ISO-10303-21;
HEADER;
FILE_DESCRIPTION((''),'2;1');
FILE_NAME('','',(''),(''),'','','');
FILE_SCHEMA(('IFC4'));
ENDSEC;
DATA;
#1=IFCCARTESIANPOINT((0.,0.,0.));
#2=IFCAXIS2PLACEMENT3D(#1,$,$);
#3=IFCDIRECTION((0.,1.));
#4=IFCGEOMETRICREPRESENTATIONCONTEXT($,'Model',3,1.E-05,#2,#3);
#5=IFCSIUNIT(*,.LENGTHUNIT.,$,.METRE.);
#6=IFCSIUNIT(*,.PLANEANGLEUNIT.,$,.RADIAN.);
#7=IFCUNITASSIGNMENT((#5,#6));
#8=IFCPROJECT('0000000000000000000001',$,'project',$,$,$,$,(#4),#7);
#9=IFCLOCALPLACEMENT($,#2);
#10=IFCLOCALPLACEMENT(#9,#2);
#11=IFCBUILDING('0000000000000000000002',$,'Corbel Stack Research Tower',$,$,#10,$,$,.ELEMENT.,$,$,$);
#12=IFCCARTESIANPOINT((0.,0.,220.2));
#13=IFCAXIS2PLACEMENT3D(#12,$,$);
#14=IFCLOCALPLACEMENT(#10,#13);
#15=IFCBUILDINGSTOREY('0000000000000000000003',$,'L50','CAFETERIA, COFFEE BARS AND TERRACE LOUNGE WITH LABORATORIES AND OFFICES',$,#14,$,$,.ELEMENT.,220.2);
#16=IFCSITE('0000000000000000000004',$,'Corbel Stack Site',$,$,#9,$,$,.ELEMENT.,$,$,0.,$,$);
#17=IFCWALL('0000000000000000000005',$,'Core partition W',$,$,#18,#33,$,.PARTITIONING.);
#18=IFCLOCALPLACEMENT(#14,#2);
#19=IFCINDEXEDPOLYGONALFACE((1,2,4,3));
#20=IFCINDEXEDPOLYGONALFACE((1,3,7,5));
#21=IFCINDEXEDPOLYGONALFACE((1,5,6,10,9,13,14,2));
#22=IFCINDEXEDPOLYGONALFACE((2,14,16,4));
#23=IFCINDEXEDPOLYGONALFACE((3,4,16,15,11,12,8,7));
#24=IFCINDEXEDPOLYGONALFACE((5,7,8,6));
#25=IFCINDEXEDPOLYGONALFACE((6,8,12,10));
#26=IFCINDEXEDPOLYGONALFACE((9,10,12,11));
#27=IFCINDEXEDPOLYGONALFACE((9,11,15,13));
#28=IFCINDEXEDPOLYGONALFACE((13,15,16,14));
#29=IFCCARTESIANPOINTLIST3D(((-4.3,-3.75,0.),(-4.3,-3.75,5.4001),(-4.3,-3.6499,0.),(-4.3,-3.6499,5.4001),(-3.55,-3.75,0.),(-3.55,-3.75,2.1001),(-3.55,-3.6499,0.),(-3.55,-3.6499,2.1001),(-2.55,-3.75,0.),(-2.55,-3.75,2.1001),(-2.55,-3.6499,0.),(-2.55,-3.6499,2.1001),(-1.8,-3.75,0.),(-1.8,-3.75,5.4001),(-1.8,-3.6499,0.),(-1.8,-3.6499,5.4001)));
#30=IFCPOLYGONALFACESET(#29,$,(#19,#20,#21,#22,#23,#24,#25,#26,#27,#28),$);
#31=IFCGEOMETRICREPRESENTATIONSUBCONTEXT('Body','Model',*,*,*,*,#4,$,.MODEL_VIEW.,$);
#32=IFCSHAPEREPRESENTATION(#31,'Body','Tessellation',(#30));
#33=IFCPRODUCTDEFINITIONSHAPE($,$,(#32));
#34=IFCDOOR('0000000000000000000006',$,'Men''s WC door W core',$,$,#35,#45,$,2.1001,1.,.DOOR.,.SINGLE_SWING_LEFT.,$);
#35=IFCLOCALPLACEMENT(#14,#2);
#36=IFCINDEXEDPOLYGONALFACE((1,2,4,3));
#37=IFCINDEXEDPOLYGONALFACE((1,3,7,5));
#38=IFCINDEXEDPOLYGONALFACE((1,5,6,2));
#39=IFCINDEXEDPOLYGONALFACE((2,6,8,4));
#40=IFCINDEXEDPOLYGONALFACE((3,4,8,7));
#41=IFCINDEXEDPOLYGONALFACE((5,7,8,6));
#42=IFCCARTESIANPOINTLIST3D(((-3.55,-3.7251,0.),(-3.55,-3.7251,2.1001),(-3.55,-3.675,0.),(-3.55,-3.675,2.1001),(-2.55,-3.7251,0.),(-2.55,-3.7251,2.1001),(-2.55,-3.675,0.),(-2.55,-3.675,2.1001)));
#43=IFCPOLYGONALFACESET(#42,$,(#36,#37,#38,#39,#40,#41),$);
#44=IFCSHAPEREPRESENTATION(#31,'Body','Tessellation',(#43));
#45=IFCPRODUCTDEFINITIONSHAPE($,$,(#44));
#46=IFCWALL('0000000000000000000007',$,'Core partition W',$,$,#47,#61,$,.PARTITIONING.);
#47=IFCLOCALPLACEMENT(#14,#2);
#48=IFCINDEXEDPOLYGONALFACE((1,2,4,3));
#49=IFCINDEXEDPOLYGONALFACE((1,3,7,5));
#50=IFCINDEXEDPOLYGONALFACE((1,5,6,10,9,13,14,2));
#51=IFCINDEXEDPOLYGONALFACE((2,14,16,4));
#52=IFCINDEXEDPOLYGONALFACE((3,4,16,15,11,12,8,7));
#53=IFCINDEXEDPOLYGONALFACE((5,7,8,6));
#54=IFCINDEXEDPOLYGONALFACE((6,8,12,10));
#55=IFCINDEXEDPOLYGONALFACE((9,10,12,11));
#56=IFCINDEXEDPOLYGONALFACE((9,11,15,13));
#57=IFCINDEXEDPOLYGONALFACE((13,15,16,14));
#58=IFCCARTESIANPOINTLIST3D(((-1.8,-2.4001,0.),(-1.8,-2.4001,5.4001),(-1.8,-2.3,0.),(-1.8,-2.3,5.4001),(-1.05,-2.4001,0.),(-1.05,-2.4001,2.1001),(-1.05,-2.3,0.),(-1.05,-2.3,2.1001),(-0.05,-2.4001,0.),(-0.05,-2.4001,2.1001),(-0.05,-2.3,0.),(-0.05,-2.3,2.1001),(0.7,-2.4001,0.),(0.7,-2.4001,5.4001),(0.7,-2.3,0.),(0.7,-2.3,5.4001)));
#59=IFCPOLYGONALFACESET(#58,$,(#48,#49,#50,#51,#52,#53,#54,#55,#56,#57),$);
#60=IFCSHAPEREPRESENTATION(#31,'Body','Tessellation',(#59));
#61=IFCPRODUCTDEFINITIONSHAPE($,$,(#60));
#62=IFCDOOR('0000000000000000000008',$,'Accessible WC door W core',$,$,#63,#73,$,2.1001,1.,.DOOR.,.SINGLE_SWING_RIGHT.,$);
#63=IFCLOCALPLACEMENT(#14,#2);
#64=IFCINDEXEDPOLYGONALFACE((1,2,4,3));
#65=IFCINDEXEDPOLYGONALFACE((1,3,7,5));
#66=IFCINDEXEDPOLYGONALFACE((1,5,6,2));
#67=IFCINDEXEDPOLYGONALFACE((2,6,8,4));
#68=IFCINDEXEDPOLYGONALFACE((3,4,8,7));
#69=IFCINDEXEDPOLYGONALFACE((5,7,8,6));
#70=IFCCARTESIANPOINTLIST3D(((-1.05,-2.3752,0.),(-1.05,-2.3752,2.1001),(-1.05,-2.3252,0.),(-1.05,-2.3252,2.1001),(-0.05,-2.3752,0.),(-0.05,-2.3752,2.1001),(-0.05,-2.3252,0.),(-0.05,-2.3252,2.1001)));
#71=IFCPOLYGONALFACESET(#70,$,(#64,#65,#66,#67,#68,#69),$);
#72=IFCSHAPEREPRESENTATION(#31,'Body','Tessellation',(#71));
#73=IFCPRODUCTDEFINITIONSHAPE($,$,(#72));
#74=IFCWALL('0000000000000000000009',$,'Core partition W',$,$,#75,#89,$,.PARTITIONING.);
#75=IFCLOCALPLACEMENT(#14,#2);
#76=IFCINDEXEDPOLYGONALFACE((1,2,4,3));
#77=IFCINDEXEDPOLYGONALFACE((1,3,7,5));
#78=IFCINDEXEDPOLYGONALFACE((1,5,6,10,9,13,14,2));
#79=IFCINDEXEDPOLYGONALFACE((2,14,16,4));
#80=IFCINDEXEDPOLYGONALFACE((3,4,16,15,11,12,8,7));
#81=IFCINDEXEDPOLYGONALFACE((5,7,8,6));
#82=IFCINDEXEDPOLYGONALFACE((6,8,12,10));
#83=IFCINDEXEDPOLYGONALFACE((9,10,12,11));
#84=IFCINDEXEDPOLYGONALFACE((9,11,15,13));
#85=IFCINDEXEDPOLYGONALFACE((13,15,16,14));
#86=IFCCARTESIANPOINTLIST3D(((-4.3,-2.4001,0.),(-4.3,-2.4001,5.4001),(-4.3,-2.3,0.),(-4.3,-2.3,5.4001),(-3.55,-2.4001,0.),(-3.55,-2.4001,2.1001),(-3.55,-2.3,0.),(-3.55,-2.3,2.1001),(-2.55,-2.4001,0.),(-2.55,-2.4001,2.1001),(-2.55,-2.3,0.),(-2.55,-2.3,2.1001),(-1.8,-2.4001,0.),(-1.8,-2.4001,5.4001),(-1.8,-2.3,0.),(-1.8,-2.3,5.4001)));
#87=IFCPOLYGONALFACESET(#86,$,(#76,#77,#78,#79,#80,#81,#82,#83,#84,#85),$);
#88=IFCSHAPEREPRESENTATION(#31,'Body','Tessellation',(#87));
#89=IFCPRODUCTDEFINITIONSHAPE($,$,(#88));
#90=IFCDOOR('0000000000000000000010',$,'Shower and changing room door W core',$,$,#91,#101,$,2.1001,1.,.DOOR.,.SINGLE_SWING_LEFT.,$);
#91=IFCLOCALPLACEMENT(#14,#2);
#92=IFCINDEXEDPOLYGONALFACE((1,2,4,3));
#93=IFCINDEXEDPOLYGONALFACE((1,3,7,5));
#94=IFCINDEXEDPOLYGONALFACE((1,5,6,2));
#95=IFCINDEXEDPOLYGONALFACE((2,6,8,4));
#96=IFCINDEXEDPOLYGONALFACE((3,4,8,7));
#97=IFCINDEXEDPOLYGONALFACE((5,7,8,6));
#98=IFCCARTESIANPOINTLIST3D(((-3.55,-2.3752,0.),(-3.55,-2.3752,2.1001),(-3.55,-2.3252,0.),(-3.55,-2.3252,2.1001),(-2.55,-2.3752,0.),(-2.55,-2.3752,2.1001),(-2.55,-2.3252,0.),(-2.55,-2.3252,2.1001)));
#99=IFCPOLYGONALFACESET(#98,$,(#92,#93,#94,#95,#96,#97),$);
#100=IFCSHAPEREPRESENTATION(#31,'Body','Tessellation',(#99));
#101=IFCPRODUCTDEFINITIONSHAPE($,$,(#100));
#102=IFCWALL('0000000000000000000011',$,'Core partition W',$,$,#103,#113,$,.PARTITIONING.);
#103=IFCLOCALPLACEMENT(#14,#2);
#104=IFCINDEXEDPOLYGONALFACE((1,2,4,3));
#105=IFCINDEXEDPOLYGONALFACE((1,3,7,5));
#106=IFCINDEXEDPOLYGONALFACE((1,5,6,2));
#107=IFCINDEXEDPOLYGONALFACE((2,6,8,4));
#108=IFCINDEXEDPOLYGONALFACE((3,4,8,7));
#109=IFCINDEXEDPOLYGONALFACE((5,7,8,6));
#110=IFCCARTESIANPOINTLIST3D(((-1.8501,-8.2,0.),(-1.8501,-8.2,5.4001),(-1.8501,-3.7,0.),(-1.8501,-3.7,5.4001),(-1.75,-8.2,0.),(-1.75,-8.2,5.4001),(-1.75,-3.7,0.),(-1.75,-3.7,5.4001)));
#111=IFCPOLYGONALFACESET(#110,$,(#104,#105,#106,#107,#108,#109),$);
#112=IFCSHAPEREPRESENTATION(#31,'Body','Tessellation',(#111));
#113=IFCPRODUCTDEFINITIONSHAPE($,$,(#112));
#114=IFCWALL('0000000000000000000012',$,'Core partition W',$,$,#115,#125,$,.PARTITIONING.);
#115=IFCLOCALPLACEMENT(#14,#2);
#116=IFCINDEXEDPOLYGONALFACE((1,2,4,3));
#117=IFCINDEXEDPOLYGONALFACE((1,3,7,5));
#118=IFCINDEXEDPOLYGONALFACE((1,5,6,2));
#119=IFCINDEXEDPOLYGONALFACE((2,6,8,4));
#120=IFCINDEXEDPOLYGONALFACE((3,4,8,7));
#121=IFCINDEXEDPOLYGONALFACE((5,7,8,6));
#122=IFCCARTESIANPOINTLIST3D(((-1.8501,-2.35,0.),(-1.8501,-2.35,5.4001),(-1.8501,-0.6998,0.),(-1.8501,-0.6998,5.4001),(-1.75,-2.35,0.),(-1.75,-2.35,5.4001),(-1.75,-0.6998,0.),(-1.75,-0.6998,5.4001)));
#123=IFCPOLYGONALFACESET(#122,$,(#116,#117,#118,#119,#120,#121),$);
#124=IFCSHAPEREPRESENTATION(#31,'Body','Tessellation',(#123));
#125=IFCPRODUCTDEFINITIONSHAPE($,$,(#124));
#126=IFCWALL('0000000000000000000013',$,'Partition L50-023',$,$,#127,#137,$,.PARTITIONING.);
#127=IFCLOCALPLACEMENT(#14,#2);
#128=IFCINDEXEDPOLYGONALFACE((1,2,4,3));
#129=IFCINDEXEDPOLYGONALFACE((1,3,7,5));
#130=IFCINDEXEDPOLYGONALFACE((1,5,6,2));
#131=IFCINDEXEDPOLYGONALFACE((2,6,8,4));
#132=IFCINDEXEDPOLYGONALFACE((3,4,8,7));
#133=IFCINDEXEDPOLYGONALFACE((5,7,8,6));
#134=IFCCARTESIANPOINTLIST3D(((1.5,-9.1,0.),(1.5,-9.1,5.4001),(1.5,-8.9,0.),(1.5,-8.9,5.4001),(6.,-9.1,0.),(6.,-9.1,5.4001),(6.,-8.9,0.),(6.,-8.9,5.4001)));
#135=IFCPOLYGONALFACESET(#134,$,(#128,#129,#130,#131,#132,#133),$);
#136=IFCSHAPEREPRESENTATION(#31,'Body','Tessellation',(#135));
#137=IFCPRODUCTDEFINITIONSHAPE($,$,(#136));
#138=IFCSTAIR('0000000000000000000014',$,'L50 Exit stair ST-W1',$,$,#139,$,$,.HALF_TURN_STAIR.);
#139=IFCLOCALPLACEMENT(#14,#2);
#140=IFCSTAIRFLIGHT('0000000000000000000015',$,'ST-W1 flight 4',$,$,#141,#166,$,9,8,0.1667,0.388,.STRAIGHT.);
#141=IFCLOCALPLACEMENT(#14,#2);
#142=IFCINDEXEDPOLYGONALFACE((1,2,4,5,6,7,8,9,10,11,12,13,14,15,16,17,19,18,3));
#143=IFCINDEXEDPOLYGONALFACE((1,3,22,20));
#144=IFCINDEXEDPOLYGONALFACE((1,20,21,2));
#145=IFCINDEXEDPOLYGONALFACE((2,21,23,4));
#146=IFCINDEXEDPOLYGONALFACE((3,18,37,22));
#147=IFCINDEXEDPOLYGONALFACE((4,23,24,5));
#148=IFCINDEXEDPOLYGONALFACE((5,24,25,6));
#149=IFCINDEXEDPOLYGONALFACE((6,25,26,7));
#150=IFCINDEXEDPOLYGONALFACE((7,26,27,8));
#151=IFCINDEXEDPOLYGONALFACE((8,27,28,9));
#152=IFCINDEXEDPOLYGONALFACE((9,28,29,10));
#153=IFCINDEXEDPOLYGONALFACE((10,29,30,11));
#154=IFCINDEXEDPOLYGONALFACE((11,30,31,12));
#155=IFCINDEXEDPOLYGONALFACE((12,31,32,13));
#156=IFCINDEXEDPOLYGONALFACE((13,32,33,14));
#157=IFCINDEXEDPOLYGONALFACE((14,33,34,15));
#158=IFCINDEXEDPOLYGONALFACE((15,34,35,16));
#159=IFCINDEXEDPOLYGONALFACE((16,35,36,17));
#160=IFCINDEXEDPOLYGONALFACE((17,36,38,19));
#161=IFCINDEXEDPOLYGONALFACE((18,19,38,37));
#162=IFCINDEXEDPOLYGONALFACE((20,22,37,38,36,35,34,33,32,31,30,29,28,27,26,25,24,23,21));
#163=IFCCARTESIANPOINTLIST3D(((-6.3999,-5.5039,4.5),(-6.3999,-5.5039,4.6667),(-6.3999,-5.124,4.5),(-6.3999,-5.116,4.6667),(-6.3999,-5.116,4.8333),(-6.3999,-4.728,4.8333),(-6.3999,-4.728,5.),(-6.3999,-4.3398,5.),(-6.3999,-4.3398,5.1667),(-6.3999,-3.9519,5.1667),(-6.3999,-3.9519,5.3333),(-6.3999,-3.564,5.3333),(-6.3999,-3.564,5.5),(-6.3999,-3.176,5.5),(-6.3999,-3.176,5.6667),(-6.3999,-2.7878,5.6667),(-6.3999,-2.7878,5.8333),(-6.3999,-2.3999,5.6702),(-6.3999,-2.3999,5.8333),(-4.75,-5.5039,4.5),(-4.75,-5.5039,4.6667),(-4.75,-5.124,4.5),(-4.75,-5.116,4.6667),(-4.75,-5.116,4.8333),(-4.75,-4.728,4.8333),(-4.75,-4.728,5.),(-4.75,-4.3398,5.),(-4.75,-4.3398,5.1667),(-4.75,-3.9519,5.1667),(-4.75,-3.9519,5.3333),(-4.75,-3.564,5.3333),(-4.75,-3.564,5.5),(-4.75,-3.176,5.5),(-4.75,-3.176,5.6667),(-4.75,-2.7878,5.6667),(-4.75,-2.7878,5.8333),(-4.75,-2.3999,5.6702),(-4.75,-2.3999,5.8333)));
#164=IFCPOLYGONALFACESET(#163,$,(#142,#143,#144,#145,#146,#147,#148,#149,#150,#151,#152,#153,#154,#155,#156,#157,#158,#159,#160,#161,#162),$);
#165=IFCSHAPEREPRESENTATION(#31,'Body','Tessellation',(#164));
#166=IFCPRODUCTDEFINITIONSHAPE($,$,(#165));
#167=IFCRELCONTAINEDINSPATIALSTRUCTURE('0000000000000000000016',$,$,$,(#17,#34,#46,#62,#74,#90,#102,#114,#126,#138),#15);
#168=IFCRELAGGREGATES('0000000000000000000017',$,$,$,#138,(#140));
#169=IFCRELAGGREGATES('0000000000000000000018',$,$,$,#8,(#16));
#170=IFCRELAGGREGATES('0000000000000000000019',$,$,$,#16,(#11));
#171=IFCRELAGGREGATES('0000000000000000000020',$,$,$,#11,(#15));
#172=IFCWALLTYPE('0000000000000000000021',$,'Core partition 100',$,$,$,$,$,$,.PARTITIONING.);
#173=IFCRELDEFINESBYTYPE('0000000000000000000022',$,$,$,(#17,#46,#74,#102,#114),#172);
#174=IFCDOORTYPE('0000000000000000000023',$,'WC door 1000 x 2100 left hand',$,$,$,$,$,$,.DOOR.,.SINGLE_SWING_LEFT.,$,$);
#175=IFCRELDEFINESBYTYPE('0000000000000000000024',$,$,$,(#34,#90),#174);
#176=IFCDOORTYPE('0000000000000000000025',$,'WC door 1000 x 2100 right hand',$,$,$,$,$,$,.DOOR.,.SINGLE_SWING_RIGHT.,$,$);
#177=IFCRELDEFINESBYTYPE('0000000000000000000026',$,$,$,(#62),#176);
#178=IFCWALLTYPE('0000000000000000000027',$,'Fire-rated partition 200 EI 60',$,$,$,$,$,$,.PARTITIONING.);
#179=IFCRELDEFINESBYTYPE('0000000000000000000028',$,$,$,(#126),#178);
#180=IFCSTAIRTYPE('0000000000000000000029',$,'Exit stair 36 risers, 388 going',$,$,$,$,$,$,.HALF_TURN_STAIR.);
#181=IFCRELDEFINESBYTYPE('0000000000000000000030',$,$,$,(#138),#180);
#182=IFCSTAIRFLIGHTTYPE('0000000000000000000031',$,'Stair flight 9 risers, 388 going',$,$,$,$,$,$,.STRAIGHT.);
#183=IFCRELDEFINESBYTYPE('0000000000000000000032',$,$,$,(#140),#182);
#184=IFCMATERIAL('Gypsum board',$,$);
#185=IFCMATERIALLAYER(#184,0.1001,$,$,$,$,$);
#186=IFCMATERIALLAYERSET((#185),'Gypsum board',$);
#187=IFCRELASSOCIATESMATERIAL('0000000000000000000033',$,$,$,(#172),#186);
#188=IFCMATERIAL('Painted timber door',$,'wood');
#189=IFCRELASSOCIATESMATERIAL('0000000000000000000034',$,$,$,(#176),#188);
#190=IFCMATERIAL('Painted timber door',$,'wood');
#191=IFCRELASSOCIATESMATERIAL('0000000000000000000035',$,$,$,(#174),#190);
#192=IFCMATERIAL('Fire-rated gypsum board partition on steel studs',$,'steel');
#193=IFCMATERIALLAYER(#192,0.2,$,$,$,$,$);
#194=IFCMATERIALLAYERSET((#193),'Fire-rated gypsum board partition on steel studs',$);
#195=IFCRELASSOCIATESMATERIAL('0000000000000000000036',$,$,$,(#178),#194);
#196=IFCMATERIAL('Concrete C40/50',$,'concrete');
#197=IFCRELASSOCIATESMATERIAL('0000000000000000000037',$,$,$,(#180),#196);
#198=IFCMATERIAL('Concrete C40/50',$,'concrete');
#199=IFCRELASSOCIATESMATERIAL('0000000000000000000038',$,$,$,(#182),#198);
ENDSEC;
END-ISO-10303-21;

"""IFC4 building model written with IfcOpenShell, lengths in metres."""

from ifc_helpers import new_model, si_unit, direction, frame, frame_2d, origin, place, context, subcontext, project, spatial, polyline, rectangle, outline, extrude, material, layer, layer_set, type_object, element, fill, aggregate, save


model = new_model("IFC4")

# Units and contexts
model_context = context("Model", 3, precision=1e-05, world=origin(), true_north=direction((0.0, 1.0)))
body_context = subcontext(model_context, "Body", "Model", "MODEL_VIEW")
ifc_project = project(units=[si_unit("LENGTHUNIT", "METRE"), si_unit("PLANEANGLEUNIT", "RADIAN")], contexts=[model_context])

# Site, building, storey
site_placement = place(None, origin())
site = spatial("IfcSite", under=ifc_project, at=site_placement, Name="Corbel Stack Site", CompositionType="ELEMENT", RefElevation=0.0)
building_placement = place(site_placement, origin())
building = spatial("IfcBuilding", under=site, at=building_placement, Name="Corbel Stack Research Tower", CompositionType="ELEMENT")
storey_placement = place(building_placement, frame((0.0, 0.0, 220.2)))
storey = spatial("IfcBuildingStorey", under=building, at=storey_placement, Name="L50", Description="CAFETERIA, COFFEE BARS AND TERRACE LOUNGE WITH LABORATORIES AND OFFICES", CompositionType="ELEMENT", Elevation=220.2)

# Walls, openings, doors
ifc_material_1 = material(Name="Gypsum board")
ifc_layer_1 = layer(ifc_material_1, 0.1001)
ifc_layer_set_1 = layer_set([ifc_layer_1], Name="Gypsum board")
wall_type_1 = type_object("IfcWallType", Name="Core partition 100", PredefinedType="PARTITIONING", material=ifc_layer_set_1)
ifc_material_2 = material(Name="Painted timber door", Category="wood")
door_type_1 = type_object("IfcDoorType", Name="WC door 1000 x 2100 right hand", OperationType="SINGLE_SWING_RIGHT", PredefinedType="DOOR", material=ifc_material_2)
wall_1_placement = place(storey_placement, frame((-4.3, -3.7, 0.0), z_axis=(0.0, 0.0, 1.0), x_axis=(1.0, 0.0, 0.0)))
wall_1 = element("IfcWall", 1, at=wall_1_placement, inside=storey, type_object=wall_type_1, Name="Core partition W", PredefinedType="PARTITIONING", context=body_context, shape_type="SweptSolid", body=[
    extrude(rectangle(XDim=2.5, YDim=0.1001, at=frame_2d((1.25, 0.0))), origin(), (0.0, 0.0, 1.0), 5.4001),
])
opening_1_placement = place(wall_1_placement, frame((0.75, 0.0, 0.0)))
opening_1 = element("IfcOpeningElement", 2, at=opening_1_placement, cuts=wall_1, PredefinedType="OPENING", context=body_context, shape_type="SweptSolid", body=[
    extrude(rectangle(XDim=1.0, YDim=2.1001, at=frame_2d((0.5, 1.05))), frame((0.0, 0.0601, 0.0), z_axis=(0.0, -1.0, 0.0), x_axis=(1.0, 0.0, 0.0)), (0.0, 0.0, 1.0), 0.1201),
])
ifc_material_3 = material(Name="Painted timber door", Category="wood")
door_type_2 = type_object("IfcDoorType", Name="WC door 1000 x 2100 left hand", OperationType="SINGLE_SWING_LEFT", PredefinedType="DOOR", material=ifc_material_3)
door_1_placement = place(opening_1_placement, origin())
door_1 = element("IfcDoor", 3, at=door_1_placement, inside=storey, type_object=door_type_2, Name="Men's WC door W core", OperationType="SINGLE_SWING_LEFT", OverallHeight=2.1001, OverallWidth=1.0, PredefinedType="DOOR", context=body_context, shape_type="SweptSolid", body=[
    extrude(rectangle(XDim=1.0, YDim=2.1001, at=frame_2d((0.5, 1.05))), frame((0.0, 0.0249, 0.0), z_axis=(0.0, -1.0, 0.0), x_axis=(1.0, 0.0, 0.0)), (0.0, 0.0, 1.0), 0.05),
])
fill(opening_1, door_1)
wall_2_placement = place(storey_placement, frame((-1.8, -2.3501, 0.0), z_axis=(0.0, 0.0, 1.0), x_axis=(1.0, 0.0, 0.0)))
wall_2 = element("IfcWall", 4, at=wall_2_placement, inside=storey, type_object=wall_type_1, Name="Core partition W", PredefinedType="PARTITIONING", context=body_context, shape_type="SweptSolid", body=[
    extrude(rectangle(XDim=2.5, YDim=0.1001, at=frame_2d((1.25, 0.0))), origin(), (0.0, 0.0, 1.0), 5.4001),
])
opening_2_placement = place(wall_2_placement, frame((0.75, 0.0, 0.0)))
opening_2 = element("IfcOpeningElement", 5, at=opening_2_placement, cuts=wall_2, PredefinedType="OPENING", context=body_context, shape_type="SweptSolid", body=[
    extrude(rectangle(XDim=1.0, YDim=2.1001, at=frame_2d((0.5, 1.05))), frame((0.0, 0.0601, 0.0), z_axis=(0.0, -1.0, 0.0), x_axis=(1.0, 0.0, 0.0)), (0.0, 0.0, 1.0), 0.1201),
])
door_2_placement = place(opening_2_placement, origin())
door_2 = element("IfcDoor", 6, at=door_2_placement, inside=storey, type_object=door_type_1, Name="Accessible WC door W core", OperationType="SINGLE_SWING_RIGHT", OverallHeight=2.1001, OverallWidth=1.0, PredefinedType="DOOR", context=body_context, shape_type="SweptSolid", body=[
    extrude(rectangle(XDim=1.0, YDim=2.1001, at=frame_2d((0.5, 1.05))), frame((0.0, 0.0249, 0.0), z_axis=(0.0, -1.0, 0.0), x_axis=(1.0, 0.0, 0.0)), (0.0, 0.0, 1.0), 0.05),
])
fill(opening_2, door_2)
wall_3_placement = place(storey_placement, frame((-4.3, -2.3501, 0.0), z_axis=(0.0, 0.0, 1.0), x_axis=(1.0, 0.0, 0.0)))
wall_3 = element("IfcWall", 7, at=wall_3_placement, inside=storey, type_object=wall_type_1, Name="Core partition W", PredefinedType="PARTITIONING", context=body_context, shape_type="SweptSolid", body=[
    extrude(rectangle(XDim=2.5, YDim=0.1001, at=frame_2d((1.25, 0.0))), origin(), (0.0, 0.0, 1.0), 5.4001),
])
opening_3_placement = place(wall_3_placement, frame((0.75, 0.0, 0.0)))
opening_3 = element("IfcOpeningElement", 8, at=opening_3_placement, cuts=wall_3, PredefinedType="OPENING", context=body_context, shape_type="SweptSolid", body=[
    extrude(rectangle(XDim=1.0, YDim=2.1001, at=frame_2d((0.5, 1.05))), frame((0.0, 0.0601, 0.0), z_axis=(0.0, -1.0, 0.0), x_axis=(1.0, 0.0, 0.0)), (0.0, 0.0, 1.0), 0.1201),
])
door_3_placement = place(opening_3_placement, origin())
door_3 = element("IfcDoor", 9, at=door_3_placement, inside=storey, type_object=door_type_2, Name="Shower and changing room door W core", OperationType="SINGLE_SWING_LEFT", OverallHeight=2.1001, OverallWidth=1.0, PredefinedType="DOOR", context=body_context, shape_type="SweptSolid", body=[
    extrude(rectangle(XDim=1.0, YDim=2.1001, at=frame_2d((0.5, 1.05))), frame((0.0, 0.0249, 0.0), z_axis=(0.0, -1.0, 0.0), x_axis=(1.0, 0.0, 0.0)), (0.0, 0.0, 1.0), 0.05),
])
fill(opening_3, door_3)

# Walls
wall_4_placement = place(storey_placement, frame((-1.8, -8.2, 0.0), z_axis=(0.0, 0.0, 1.0), x_axis=(0.0, 1.0, 0.0)))
element("IfcWall", 10, at=wall_4_placement, inside=storey, type_object=wall_type_1, Name="Core partition W", PredefinedType="PARTITIONING", context=body_context, shape_type="SweptSolid", body=[
    extrude(rectangle(XDim=4.5, YDim=0.1001, at=frame_2d((2.25, 0.0))), origin(), (0.0, 0.0, 1.0), 5.4001),
])
wall_5_placement = place(storey_placement, frame((-1.8, -2.3501, 0.0), z_axis=(0.0, 0.0, 1.0), x_axis=(0.0, 1.0, 0.0)))
element("IfcWall", 11, at=wall_5_placement, inside=storey, type_object=wall_type_1, Name="Core partition W", PredefinedType="PARTITIONING", context=body_context, shape_type="SweptSolid", body=[
    extrude(rectangle(XDim=1.6501, YDim=0.1001, at=frame_2d((0.8252, 0.0))), origin(), (0.0, 0.0, 1.0), 5.4001),
])
ifc_material_4 = material(Name="Fire-rated gypsum board partition on steel studs", Category="steel")
ifc_layer_2 = layer(ifc_material_4, 0.2)
ifc_layer_set_2 = layer_set([ifc_layer_2], Name="Fire-rated gypsum board partition on steel studs")
wall_type_2 = type_object("IfcWallType", Name="Fire-rated partition 200 EI 60", PredefinedType="PARTITIONING", material=ifc_layer_set_2)
wall_6_placement = place(storey_placement, frame((1.5, -9.0, 0.0), z_axis=(0.0, 0.0, 1.0), x_axis=(1.0, 0.0, 0.0)))
element("IfcWall", 12, at=wall_6_placement, inside=storey, type_object=wall_type_2, Name="Partition L50-023", PredefinedType="PARTITIONING", context=body_context, shape_type="SweptSolid", body=[
    extrude(rectangle(XDim=4.5, YDim=0.2, at=frame_2d((2.25, 0.0))), origin(), (0.0, 0.0, 1.0), 5.4001),
])

# Stair, stair flight
ifc_material_5 = material(Name="Concrete C40/50", Category="concrete")
stair_type = type_object("IfcStairType", Name="Exit stair 36 risers, 388 going", PredefinedType="HALF_TURN_STAIR", material=ifc_material_5)
stair_placement = place(storey_placement, origin())
stair = element("IfcStair", 13, at=stair_placement, inside=storey, type_object=stair_type, Name="L50 Exit stair ST-W1", PredefinedType="HALF_TURN_STAIR")
ifc_material_6 = material(Name="Concrete C40/50", Category="concrete")
stair_flight_type = type_object("IfcStairFlightType", Name="Stair flight 9 risers, 388 going", PredefinedType="STRAIGHT", material=ifc_material_6)
stair_flight_placement = place(storey_placement, frame((-5.575, -5.5039, 4.5), z_axis=(0.0, 0.0, 1.0), x_axis=(0.0, 1.0, 0.0)))
stair_flight = element("IfcStairFlight", 14, at=stair_flight_placement, type_object=stair_flight_type, Name="ST-W1 flight 4", NumberOfRisers=9, NumberOfTreads=8, PredefinedType="STRAIGHT", RiserHeight=0.1667, TreadLength=0.388, context=body_context, shape_type="SweptSolid", body=[
    extrude(outline(polyline([(0.0, 0.0), (0.0, 0.1667), (0.3879, 0.1667), (0.3879, 0.3333), (0.7759, 0.3333), (0.7759, 0.5), (1.1641, 0.5), (1.1641, 0.6667), (1.552, 0.6667), (1.552, 0.8333), (1.9399, 0.8333), (1.9399, 1.0), (2.3279, 1.0), (2.3279, 1.1667), (2.7161, 1.1667), (2.7161, 1.3333), (3.104, 1.3333), (3.104, 1.5), (3.104, 1.1702), (0.3799, 0.0), (0.0, 0.0)])), frame((0.0, 0.825, 0.0), z_axis=(0.0, -1.0, 0.0), x_axis=(1.0, 0.0, 0.0)), (0.0, 0.0, 1.0), 1.6499),
])
aggregate(stair, [stair_flight])

save(model, "model.ifc")
